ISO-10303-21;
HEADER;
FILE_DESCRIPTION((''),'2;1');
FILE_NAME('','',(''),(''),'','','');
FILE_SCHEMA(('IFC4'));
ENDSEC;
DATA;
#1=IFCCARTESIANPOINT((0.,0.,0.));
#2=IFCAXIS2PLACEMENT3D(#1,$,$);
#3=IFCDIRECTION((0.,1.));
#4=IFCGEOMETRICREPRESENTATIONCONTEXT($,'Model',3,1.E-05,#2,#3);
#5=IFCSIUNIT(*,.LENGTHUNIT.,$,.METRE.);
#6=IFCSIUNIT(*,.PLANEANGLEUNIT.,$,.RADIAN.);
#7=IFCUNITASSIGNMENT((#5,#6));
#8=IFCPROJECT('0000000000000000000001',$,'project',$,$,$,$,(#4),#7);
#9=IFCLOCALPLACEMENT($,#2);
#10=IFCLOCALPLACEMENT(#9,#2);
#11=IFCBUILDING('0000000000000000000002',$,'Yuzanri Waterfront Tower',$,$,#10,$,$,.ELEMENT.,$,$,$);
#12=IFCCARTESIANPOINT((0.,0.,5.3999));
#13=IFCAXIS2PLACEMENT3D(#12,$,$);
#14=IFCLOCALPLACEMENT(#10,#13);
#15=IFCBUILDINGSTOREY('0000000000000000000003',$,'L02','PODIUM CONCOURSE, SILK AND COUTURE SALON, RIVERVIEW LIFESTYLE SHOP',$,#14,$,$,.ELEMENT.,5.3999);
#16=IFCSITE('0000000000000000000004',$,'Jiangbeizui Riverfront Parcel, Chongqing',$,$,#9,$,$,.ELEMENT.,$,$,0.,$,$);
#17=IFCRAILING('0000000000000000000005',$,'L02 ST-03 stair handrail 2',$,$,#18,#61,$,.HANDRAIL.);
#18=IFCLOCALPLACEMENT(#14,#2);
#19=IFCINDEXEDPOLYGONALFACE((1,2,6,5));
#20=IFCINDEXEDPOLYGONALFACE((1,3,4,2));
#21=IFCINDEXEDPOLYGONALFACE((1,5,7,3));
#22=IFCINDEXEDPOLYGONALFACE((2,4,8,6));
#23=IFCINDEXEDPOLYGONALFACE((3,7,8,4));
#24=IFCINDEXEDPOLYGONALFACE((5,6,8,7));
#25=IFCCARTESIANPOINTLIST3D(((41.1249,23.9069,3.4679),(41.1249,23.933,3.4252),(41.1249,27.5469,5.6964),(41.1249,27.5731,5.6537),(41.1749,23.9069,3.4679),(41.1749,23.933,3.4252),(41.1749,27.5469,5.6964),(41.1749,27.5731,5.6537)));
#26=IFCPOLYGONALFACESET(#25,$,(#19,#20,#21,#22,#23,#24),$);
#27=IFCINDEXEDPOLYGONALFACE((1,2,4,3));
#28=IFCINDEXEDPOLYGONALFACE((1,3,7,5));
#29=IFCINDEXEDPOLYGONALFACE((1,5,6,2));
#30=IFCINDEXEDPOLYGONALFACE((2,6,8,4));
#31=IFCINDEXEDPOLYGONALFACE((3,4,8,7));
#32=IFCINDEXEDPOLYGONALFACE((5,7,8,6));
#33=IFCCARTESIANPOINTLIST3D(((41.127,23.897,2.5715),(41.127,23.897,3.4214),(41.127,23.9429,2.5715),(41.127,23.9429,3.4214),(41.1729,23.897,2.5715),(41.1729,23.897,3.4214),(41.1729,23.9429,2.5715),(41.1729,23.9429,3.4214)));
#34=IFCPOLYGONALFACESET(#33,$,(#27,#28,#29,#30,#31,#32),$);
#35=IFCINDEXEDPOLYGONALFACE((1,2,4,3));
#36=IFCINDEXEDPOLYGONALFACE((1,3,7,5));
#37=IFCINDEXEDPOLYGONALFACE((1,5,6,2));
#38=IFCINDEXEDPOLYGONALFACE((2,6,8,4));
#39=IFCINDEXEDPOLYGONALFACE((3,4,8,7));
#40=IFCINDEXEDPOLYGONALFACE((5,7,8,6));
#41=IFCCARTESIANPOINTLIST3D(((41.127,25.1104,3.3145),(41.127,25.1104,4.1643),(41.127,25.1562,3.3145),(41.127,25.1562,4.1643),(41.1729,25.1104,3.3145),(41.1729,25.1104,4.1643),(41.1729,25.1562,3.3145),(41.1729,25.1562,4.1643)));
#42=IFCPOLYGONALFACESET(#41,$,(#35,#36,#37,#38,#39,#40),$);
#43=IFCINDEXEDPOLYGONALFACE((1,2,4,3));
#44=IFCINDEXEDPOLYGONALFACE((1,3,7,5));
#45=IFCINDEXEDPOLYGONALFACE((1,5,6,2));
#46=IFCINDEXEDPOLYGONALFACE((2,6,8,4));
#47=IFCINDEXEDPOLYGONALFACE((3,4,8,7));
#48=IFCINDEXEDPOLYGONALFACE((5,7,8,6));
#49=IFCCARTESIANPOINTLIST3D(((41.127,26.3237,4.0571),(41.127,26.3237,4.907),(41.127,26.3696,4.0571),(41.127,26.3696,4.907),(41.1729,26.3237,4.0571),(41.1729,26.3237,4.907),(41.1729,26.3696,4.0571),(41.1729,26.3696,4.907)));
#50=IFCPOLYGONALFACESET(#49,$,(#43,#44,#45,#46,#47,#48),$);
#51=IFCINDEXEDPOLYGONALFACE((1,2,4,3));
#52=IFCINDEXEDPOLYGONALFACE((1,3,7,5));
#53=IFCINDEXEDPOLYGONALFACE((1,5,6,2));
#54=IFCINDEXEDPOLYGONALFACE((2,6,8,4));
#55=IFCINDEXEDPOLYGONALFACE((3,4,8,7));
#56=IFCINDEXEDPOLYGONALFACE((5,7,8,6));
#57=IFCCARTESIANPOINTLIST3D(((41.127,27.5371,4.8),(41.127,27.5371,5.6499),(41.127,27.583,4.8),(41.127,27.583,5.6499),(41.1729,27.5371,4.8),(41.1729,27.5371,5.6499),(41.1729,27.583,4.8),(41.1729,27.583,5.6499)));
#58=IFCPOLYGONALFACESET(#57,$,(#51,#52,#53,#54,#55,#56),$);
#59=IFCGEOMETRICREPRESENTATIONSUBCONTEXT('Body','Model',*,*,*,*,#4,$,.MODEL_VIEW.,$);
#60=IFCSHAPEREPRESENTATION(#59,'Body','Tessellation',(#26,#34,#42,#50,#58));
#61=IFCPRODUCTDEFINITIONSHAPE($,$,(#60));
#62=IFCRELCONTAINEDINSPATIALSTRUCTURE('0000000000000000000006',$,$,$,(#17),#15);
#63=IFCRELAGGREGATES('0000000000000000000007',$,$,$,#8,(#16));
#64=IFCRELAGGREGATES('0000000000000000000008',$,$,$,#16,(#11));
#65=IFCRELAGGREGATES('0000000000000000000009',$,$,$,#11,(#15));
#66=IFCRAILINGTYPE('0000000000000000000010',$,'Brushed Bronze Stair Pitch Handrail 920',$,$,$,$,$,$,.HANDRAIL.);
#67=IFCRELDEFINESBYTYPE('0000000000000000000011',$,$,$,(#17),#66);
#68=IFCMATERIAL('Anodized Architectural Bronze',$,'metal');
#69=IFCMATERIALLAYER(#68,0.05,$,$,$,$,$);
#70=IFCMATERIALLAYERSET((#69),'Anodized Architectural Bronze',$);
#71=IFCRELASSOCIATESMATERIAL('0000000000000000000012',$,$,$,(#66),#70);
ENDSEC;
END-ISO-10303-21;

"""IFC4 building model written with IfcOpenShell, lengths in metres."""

from ifc_helpers import new_model, si_unit, direction, frame, origin, origin_2d, place, context, subcontext, project, spatial, rectangle, extrude, source, transform, mapped, material, layer, layer_set, type_object, element, save


model = new_model("IFC4")

# Units and contexts
model_context = context("Model", 3, precision=1e-05, world=origin(), true_north=direction((0.0, 1.0)))
body_context = subcontext(model_context, "Body", "Model", "MODEL_VIEW")
ifc_project = project(units=[si_unit("LENGTHUNIT", "METRE"), si_unit("PLANEANGLEUNIT", "RADIAN")], contexts=[model_context])

# Site, building, storey
site_placement = place(None, origin())
site = spatial("IfcSite", under=ifc_project, at=site_placement, Name="Jiangbeizui Riverfront Parcel, Chongqing", CompositionType="ELEMENT", RefElevation=0.0)
building_placement = place(site_placement, origin())
building = spatial("IfcBuilding", under=site, at=building_placement, Name="Yuzanri Waterfront Tower", CompositionType="ELEMENT")
storey_placement = place(building_placement, frame((0.0, 0.0, 5.3999)))
storey = spatial("IfcBuildingStorey", under=building, at=storey_placement, Name="L02", Description="PODIUM CONCOURSE, SILK AND COUTURE SALON, RIVERVIEW LIFESTYLE SHOP", CompositionType="ELEMENT", Elevation=5.3999)

# Railing
ifc_material_1 = material(Name="Anodized Architectural Bronze", Category="metal")
ifc_layer_1 = layer(ifc_material_1, 0.05)
ifc_layer_set_1 = layer_set([ifc_layer_1], Name="Anodized Architectural Bronze")
railing_type_1 = type_object("IfcRailingType", Name="Brushed Bronze Stair Pitch Handrail 920", PredefinedType="HANDRAIL", material=ifc_layer_set_1)
shared_shape_1 = source(origin(), body_context, "Body", "SweptSolid", [
    extrude(rectangle(XDim=0.05, YDim=0.05, at=origin_2d()), frame((0.0, 0.0, 0.875), z_axis=(0.0, 0.852866, 0.52213), x_axis=(-1.0, 0.0, 0.0)), (0.0, 0.0, 1.0), 4.2681),
    extrude(rectangle(XDim=0.0459, YDim=0.0459, at=origin_2d()), origin(), (0.0, 0.0, 1.0), 0.8499),
    extrude(rectangle(XDim=0.0459, YDim=0.0459, at=origin_2d()), frame((0.0, 1.2134, 0.7429)), (0.0, 0.0, 1.0), 0.8499),
    extrude(rectangle(XDim=0.0459, YDim=0.0459, at=origin_2d()), frame((0.0, 2.4268, 1.4856)), (0.0, 0.0, 1.0), 0.8499),
    extrude(rectangle(XDim=0.0459, YDim=0.0459, at=origin_2d()), frame((0.0, 3.6401, 2.2285)), (0.0, 0.0, 1.0), 0.8499),
])
railing_1_placement = place(storey_placement, frame((41.1499, 23.9199, 2.5715)))
element("IfcRailing", 1, at=railing_1_placement, inside=storey, type_object=railing_type_1, Name="L02 ST-03 stair handrail 2", PredefinedType="HANDRAIL", context=body_context, shape_type="MappedRepresentation", body=[
    mapped(shared_shape_1, transform((0.0, 0.0, 0.0), scale=1.0)),
])

save(model, "model.ifc")
